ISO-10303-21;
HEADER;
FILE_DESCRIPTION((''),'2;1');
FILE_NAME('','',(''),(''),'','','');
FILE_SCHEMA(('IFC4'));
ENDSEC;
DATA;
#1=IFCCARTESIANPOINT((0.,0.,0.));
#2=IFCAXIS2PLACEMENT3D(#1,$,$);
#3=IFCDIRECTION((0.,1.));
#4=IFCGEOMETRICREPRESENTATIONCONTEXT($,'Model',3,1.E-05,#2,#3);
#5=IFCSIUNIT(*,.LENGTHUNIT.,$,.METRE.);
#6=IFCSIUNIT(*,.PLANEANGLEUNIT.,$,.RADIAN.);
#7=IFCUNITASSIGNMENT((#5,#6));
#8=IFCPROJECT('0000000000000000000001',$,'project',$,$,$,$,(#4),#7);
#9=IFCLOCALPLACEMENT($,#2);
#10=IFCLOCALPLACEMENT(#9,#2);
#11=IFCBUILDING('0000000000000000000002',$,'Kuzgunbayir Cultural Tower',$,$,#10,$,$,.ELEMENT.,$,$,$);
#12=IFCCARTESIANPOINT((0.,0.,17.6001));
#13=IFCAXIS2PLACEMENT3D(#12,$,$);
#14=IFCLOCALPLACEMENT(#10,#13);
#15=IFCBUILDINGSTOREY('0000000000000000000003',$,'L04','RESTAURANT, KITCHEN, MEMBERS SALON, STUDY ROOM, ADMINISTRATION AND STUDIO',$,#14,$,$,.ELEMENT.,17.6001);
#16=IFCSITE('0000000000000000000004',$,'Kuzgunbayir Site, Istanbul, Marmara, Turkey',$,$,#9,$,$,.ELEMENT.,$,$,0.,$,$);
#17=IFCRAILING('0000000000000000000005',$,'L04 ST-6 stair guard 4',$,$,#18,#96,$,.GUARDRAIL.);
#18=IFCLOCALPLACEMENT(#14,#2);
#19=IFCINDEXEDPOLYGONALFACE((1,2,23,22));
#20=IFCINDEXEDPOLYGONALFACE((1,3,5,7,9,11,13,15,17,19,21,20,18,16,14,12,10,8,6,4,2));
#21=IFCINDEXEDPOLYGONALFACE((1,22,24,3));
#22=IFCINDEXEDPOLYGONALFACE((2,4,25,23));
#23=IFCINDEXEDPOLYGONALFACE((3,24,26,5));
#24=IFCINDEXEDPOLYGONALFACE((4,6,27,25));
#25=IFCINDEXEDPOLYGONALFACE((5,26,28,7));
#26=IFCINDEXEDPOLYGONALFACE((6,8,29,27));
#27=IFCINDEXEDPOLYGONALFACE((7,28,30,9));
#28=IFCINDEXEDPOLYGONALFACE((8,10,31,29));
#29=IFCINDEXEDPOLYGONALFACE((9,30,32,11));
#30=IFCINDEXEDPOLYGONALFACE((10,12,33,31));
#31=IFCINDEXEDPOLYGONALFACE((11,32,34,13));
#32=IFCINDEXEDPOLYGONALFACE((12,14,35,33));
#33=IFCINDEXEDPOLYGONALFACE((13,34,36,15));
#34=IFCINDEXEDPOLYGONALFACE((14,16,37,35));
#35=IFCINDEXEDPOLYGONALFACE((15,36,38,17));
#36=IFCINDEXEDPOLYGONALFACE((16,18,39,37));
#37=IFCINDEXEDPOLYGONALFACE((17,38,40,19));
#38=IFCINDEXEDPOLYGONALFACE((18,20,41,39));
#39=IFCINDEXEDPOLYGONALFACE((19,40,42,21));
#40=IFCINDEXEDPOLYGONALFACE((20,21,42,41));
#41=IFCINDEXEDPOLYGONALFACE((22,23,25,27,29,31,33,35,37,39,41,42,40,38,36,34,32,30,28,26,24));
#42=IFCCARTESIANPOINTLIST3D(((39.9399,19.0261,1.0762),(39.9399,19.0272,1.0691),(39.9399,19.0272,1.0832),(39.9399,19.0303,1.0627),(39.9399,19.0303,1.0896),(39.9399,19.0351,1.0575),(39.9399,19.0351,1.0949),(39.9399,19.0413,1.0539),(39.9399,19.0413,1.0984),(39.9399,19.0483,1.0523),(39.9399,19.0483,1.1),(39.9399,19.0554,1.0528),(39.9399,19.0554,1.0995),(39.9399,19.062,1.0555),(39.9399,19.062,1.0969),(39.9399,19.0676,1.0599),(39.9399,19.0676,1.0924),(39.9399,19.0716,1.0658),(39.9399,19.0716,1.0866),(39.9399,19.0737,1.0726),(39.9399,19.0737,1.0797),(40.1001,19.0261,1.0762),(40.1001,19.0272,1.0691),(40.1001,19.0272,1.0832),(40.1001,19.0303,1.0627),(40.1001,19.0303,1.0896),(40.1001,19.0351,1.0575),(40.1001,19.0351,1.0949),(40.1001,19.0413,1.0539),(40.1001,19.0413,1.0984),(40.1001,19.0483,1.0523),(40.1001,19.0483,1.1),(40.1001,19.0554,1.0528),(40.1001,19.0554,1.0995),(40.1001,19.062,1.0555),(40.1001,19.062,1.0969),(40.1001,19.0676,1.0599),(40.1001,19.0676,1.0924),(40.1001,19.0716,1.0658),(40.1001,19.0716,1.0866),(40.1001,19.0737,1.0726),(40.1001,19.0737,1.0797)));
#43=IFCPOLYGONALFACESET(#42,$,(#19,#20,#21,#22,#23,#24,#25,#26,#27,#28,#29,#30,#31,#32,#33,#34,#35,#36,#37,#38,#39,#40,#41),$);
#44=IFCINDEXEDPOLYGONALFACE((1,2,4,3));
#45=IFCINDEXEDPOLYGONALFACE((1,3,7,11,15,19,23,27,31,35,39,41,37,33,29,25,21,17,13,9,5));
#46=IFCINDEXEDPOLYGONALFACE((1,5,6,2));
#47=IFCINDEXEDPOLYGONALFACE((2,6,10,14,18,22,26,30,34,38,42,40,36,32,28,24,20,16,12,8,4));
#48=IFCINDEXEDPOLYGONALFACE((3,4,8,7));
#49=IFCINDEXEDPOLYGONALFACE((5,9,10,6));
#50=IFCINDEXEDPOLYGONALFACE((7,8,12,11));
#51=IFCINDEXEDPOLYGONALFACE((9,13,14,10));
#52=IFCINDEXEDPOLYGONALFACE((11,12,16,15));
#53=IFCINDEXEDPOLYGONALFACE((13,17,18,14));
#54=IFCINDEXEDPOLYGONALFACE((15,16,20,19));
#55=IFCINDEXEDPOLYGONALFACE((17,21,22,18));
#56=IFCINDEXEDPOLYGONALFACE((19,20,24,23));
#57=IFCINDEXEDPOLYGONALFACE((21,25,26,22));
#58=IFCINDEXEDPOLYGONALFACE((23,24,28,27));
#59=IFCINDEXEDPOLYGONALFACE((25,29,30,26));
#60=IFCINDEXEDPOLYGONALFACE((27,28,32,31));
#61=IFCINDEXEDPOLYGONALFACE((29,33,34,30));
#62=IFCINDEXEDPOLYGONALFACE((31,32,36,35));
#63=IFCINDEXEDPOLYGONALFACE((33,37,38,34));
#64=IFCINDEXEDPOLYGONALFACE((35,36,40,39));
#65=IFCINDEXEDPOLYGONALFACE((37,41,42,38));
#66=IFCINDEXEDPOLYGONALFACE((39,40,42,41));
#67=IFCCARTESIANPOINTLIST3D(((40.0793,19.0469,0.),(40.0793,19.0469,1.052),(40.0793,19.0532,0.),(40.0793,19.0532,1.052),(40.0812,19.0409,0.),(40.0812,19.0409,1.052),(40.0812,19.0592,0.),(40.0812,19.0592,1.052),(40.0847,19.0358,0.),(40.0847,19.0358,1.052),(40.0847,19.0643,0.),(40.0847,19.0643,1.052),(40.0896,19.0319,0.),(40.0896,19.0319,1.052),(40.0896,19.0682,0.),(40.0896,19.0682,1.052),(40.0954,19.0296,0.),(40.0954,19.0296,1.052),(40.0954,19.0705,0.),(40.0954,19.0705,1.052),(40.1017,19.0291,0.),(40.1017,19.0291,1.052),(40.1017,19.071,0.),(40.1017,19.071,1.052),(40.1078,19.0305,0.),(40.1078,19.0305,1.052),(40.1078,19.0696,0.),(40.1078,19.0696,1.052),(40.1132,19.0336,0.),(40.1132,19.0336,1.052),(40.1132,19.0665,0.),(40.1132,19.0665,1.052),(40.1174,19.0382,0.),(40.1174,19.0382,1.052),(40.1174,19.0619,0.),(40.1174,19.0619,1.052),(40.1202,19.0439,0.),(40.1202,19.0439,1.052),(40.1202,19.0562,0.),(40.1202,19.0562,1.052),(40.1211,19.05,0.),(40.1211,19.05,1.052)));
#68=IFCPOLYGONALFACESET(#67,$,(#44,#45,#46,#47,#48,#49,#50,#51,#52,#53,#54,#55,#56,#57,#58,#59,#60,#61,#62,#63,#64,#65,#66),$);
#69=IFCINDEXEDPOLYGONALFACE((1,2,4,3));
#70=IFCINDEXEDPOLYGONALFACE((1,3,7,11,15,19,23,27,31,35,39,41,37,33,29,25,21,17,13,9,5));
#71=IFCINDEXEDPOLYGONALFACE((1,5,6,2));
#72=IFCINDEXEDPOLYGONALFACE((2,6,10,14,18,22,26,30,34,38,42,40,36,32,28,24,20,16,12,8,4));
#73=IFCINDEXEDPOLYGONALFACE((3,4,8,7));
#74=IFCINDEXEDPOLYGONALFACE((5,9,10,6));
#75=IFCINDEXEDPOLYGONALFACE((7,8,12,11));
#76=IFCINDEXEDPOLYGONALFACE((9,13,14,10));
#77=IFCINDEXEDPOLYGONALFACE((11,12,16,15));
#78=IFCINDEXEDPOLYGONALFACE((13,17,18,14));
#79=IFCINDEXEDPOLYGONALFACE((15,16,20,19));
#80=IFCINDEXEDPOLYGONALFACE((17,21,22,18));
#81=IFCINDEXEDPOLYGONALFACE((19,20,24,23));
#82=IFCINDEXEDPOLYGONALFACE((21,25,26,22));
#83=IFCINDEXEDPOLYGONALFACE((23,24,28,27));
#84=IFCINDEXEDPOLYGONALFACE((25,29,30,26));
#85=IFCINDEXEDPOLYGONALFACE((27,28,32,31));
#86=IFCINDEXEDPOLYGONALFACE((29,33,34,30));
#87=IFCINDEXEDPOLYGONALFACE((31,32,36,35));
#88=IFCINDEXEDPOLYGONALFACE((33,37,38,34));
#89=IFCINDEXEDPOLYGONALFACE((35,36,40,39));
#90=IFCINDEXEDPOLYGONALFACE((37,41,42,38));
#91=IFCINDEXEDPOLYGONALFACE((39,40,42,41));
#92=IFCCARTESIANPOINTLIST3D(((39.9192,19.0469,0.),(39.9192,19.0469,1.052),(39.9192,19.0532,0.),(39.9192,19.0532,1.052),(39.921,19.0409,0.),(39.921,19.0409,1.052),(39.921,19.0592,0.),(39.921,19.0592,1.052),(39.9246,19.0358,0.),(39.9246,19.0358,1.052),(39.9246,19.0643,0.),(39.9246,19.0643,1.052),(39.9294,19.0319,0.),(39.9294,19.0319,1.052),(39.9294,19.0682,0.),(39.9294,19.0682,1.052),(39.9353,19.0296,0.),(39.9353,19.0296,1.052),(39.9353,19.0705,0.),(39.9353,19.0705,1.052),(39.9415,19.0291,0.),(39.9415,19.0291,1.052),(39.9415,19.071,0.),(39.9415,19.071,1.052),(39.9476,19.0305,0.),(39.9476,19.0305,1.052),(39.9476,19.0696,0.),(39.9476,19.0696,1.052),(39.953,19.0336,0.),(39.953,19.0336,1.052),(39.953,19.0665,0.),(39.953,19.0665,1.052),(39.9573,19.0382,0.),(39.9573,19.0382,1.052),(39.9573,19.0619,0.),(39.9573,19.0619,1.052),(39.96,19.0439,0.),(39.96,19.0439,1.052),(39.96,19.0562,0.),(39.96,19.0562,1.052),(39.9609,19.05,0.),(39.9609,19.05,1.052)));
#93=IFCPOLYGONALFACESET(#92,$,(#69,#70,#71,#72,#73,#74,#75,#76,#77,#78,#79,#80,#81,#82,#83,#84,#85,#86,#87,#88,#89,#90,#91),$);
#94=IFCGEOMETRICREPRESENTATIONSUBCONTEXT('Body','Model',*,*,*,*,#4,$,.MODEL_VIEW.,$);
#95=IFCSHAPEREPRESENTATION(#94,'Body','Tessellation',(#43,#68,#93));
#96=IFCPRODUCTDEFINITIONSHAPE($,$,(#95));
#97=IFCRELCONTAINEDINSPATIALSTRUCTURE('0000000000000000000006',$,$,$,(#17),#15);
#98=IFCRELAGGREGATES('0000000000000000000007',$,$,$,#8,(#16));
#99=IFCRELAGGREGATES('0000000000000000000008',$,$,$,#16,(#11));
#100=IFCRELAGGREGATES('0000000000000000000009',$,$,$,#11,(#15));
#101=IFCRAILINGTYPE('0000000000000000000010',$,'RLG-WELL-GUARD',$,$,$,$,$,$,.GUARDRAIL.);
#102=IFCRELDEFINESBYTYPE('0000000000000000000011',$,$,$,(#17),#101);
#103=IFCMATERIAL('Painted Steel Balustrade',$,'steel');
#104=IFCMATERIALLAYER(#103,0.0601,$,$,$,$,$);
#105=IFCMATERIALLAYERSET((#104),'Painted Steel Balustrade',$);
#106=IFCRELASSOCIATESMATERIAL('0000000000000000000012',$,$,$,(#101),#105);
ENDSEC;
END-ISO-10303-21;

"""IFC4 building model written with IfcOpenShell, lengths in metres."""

from ifc_helpers import new_model, si_unit, direction, frame, origin, origin_2d, place, context, subcontext, project, spatial, circle, extrude, material, layer, layer_set, type_object, element, save


model = new_model("IFC4")

# Units and contexts
model_context = context("Model", 3, precision=1e-05, world=origin(), true_north=direction((0.0, 1.0)))
body_context = subcontext(model_context, "Body", "Model", "MODEL_VIEW")
ifc_project = project(units=[si_unit("LENGTHUNIT", "METRE"), si_unit("PLANEANGLEUNIT", "RADIAN")], contexts=[model_context])

# Site, building, storey
site_placement = place(None, origin())
site = spatial("IfcSite", under=ifc_project, at=site_placement, Name="Kuzgunbayir Site, Istanbul, Marmara, Turkey", CompositionType="ELEMENT", RefElevation=0.0)
building_placement = place(site_placement, origin())
building = spatial("IfcBuilding", under=site, at=building_placement, Name="Kuzgunbayir Cultural Tower", CompositionType="ELEMENT")
storey_placement = place(building_placement, frame((0.0, 0.0, 17.6001)))
storey = spatial("IfcBuildingStorey", under=building, at=storey_placement, Name="L04", Description="RESTAURANT, KITCHEN, MEMBERS SALON, STUDY ROOM, ADMINISTRATION AND STUDIO", CompositionType="ELEMENT", Elevation=17.6001)

# Railing
ifc_material_1 = material(Name="Painted Steel Balustrade", Category="steel")
ifc_layer_1 = layer(ifc_material_1, 0.0601)
ifc_layer_set_1 = layer_set([ifc_layer_1], Name="Painted Steel Balustrade")
railing_type_1 = type_object("IfcRailingType", Name="RLG-WELL-GUARD", PredefinedType="GUARDRAIL", material=ifc_layer_set_1)
railing_1_placement = place(storey_placement, frame((40.1001, 19.05, 0.0)))
element("IfcRailing", 1, at=railing_1_placement, inside=storey, type_object=railing_type_1, Name="L04 ST-6 stair guard 4", PredefinedType="GUARDRAIL", context=body_context, shape_type="SweptSolid", body=[
    extrude(circle(Radius=0.0239, at=origin_2d()), frame((0.0, 0.0, 1.0762), z_axis=(-1.0, 0.0, 0.0), x_axis=(0.0, -1.0, 0.0)), (0.0, 0.0, 1.0), 0.1602),
    extrude(circle(Radius=0.021, at=origin_2d()), origin(), (0.0, 0.0, 1.0), 1.052),
    extrude(circle(Radius=0.021, at=origin_2d()), frame((-0.1602, 0.0, 0.0)), (0.0, 0.0, 1.0), 1.052),
])

save(model, "model.ifc")
